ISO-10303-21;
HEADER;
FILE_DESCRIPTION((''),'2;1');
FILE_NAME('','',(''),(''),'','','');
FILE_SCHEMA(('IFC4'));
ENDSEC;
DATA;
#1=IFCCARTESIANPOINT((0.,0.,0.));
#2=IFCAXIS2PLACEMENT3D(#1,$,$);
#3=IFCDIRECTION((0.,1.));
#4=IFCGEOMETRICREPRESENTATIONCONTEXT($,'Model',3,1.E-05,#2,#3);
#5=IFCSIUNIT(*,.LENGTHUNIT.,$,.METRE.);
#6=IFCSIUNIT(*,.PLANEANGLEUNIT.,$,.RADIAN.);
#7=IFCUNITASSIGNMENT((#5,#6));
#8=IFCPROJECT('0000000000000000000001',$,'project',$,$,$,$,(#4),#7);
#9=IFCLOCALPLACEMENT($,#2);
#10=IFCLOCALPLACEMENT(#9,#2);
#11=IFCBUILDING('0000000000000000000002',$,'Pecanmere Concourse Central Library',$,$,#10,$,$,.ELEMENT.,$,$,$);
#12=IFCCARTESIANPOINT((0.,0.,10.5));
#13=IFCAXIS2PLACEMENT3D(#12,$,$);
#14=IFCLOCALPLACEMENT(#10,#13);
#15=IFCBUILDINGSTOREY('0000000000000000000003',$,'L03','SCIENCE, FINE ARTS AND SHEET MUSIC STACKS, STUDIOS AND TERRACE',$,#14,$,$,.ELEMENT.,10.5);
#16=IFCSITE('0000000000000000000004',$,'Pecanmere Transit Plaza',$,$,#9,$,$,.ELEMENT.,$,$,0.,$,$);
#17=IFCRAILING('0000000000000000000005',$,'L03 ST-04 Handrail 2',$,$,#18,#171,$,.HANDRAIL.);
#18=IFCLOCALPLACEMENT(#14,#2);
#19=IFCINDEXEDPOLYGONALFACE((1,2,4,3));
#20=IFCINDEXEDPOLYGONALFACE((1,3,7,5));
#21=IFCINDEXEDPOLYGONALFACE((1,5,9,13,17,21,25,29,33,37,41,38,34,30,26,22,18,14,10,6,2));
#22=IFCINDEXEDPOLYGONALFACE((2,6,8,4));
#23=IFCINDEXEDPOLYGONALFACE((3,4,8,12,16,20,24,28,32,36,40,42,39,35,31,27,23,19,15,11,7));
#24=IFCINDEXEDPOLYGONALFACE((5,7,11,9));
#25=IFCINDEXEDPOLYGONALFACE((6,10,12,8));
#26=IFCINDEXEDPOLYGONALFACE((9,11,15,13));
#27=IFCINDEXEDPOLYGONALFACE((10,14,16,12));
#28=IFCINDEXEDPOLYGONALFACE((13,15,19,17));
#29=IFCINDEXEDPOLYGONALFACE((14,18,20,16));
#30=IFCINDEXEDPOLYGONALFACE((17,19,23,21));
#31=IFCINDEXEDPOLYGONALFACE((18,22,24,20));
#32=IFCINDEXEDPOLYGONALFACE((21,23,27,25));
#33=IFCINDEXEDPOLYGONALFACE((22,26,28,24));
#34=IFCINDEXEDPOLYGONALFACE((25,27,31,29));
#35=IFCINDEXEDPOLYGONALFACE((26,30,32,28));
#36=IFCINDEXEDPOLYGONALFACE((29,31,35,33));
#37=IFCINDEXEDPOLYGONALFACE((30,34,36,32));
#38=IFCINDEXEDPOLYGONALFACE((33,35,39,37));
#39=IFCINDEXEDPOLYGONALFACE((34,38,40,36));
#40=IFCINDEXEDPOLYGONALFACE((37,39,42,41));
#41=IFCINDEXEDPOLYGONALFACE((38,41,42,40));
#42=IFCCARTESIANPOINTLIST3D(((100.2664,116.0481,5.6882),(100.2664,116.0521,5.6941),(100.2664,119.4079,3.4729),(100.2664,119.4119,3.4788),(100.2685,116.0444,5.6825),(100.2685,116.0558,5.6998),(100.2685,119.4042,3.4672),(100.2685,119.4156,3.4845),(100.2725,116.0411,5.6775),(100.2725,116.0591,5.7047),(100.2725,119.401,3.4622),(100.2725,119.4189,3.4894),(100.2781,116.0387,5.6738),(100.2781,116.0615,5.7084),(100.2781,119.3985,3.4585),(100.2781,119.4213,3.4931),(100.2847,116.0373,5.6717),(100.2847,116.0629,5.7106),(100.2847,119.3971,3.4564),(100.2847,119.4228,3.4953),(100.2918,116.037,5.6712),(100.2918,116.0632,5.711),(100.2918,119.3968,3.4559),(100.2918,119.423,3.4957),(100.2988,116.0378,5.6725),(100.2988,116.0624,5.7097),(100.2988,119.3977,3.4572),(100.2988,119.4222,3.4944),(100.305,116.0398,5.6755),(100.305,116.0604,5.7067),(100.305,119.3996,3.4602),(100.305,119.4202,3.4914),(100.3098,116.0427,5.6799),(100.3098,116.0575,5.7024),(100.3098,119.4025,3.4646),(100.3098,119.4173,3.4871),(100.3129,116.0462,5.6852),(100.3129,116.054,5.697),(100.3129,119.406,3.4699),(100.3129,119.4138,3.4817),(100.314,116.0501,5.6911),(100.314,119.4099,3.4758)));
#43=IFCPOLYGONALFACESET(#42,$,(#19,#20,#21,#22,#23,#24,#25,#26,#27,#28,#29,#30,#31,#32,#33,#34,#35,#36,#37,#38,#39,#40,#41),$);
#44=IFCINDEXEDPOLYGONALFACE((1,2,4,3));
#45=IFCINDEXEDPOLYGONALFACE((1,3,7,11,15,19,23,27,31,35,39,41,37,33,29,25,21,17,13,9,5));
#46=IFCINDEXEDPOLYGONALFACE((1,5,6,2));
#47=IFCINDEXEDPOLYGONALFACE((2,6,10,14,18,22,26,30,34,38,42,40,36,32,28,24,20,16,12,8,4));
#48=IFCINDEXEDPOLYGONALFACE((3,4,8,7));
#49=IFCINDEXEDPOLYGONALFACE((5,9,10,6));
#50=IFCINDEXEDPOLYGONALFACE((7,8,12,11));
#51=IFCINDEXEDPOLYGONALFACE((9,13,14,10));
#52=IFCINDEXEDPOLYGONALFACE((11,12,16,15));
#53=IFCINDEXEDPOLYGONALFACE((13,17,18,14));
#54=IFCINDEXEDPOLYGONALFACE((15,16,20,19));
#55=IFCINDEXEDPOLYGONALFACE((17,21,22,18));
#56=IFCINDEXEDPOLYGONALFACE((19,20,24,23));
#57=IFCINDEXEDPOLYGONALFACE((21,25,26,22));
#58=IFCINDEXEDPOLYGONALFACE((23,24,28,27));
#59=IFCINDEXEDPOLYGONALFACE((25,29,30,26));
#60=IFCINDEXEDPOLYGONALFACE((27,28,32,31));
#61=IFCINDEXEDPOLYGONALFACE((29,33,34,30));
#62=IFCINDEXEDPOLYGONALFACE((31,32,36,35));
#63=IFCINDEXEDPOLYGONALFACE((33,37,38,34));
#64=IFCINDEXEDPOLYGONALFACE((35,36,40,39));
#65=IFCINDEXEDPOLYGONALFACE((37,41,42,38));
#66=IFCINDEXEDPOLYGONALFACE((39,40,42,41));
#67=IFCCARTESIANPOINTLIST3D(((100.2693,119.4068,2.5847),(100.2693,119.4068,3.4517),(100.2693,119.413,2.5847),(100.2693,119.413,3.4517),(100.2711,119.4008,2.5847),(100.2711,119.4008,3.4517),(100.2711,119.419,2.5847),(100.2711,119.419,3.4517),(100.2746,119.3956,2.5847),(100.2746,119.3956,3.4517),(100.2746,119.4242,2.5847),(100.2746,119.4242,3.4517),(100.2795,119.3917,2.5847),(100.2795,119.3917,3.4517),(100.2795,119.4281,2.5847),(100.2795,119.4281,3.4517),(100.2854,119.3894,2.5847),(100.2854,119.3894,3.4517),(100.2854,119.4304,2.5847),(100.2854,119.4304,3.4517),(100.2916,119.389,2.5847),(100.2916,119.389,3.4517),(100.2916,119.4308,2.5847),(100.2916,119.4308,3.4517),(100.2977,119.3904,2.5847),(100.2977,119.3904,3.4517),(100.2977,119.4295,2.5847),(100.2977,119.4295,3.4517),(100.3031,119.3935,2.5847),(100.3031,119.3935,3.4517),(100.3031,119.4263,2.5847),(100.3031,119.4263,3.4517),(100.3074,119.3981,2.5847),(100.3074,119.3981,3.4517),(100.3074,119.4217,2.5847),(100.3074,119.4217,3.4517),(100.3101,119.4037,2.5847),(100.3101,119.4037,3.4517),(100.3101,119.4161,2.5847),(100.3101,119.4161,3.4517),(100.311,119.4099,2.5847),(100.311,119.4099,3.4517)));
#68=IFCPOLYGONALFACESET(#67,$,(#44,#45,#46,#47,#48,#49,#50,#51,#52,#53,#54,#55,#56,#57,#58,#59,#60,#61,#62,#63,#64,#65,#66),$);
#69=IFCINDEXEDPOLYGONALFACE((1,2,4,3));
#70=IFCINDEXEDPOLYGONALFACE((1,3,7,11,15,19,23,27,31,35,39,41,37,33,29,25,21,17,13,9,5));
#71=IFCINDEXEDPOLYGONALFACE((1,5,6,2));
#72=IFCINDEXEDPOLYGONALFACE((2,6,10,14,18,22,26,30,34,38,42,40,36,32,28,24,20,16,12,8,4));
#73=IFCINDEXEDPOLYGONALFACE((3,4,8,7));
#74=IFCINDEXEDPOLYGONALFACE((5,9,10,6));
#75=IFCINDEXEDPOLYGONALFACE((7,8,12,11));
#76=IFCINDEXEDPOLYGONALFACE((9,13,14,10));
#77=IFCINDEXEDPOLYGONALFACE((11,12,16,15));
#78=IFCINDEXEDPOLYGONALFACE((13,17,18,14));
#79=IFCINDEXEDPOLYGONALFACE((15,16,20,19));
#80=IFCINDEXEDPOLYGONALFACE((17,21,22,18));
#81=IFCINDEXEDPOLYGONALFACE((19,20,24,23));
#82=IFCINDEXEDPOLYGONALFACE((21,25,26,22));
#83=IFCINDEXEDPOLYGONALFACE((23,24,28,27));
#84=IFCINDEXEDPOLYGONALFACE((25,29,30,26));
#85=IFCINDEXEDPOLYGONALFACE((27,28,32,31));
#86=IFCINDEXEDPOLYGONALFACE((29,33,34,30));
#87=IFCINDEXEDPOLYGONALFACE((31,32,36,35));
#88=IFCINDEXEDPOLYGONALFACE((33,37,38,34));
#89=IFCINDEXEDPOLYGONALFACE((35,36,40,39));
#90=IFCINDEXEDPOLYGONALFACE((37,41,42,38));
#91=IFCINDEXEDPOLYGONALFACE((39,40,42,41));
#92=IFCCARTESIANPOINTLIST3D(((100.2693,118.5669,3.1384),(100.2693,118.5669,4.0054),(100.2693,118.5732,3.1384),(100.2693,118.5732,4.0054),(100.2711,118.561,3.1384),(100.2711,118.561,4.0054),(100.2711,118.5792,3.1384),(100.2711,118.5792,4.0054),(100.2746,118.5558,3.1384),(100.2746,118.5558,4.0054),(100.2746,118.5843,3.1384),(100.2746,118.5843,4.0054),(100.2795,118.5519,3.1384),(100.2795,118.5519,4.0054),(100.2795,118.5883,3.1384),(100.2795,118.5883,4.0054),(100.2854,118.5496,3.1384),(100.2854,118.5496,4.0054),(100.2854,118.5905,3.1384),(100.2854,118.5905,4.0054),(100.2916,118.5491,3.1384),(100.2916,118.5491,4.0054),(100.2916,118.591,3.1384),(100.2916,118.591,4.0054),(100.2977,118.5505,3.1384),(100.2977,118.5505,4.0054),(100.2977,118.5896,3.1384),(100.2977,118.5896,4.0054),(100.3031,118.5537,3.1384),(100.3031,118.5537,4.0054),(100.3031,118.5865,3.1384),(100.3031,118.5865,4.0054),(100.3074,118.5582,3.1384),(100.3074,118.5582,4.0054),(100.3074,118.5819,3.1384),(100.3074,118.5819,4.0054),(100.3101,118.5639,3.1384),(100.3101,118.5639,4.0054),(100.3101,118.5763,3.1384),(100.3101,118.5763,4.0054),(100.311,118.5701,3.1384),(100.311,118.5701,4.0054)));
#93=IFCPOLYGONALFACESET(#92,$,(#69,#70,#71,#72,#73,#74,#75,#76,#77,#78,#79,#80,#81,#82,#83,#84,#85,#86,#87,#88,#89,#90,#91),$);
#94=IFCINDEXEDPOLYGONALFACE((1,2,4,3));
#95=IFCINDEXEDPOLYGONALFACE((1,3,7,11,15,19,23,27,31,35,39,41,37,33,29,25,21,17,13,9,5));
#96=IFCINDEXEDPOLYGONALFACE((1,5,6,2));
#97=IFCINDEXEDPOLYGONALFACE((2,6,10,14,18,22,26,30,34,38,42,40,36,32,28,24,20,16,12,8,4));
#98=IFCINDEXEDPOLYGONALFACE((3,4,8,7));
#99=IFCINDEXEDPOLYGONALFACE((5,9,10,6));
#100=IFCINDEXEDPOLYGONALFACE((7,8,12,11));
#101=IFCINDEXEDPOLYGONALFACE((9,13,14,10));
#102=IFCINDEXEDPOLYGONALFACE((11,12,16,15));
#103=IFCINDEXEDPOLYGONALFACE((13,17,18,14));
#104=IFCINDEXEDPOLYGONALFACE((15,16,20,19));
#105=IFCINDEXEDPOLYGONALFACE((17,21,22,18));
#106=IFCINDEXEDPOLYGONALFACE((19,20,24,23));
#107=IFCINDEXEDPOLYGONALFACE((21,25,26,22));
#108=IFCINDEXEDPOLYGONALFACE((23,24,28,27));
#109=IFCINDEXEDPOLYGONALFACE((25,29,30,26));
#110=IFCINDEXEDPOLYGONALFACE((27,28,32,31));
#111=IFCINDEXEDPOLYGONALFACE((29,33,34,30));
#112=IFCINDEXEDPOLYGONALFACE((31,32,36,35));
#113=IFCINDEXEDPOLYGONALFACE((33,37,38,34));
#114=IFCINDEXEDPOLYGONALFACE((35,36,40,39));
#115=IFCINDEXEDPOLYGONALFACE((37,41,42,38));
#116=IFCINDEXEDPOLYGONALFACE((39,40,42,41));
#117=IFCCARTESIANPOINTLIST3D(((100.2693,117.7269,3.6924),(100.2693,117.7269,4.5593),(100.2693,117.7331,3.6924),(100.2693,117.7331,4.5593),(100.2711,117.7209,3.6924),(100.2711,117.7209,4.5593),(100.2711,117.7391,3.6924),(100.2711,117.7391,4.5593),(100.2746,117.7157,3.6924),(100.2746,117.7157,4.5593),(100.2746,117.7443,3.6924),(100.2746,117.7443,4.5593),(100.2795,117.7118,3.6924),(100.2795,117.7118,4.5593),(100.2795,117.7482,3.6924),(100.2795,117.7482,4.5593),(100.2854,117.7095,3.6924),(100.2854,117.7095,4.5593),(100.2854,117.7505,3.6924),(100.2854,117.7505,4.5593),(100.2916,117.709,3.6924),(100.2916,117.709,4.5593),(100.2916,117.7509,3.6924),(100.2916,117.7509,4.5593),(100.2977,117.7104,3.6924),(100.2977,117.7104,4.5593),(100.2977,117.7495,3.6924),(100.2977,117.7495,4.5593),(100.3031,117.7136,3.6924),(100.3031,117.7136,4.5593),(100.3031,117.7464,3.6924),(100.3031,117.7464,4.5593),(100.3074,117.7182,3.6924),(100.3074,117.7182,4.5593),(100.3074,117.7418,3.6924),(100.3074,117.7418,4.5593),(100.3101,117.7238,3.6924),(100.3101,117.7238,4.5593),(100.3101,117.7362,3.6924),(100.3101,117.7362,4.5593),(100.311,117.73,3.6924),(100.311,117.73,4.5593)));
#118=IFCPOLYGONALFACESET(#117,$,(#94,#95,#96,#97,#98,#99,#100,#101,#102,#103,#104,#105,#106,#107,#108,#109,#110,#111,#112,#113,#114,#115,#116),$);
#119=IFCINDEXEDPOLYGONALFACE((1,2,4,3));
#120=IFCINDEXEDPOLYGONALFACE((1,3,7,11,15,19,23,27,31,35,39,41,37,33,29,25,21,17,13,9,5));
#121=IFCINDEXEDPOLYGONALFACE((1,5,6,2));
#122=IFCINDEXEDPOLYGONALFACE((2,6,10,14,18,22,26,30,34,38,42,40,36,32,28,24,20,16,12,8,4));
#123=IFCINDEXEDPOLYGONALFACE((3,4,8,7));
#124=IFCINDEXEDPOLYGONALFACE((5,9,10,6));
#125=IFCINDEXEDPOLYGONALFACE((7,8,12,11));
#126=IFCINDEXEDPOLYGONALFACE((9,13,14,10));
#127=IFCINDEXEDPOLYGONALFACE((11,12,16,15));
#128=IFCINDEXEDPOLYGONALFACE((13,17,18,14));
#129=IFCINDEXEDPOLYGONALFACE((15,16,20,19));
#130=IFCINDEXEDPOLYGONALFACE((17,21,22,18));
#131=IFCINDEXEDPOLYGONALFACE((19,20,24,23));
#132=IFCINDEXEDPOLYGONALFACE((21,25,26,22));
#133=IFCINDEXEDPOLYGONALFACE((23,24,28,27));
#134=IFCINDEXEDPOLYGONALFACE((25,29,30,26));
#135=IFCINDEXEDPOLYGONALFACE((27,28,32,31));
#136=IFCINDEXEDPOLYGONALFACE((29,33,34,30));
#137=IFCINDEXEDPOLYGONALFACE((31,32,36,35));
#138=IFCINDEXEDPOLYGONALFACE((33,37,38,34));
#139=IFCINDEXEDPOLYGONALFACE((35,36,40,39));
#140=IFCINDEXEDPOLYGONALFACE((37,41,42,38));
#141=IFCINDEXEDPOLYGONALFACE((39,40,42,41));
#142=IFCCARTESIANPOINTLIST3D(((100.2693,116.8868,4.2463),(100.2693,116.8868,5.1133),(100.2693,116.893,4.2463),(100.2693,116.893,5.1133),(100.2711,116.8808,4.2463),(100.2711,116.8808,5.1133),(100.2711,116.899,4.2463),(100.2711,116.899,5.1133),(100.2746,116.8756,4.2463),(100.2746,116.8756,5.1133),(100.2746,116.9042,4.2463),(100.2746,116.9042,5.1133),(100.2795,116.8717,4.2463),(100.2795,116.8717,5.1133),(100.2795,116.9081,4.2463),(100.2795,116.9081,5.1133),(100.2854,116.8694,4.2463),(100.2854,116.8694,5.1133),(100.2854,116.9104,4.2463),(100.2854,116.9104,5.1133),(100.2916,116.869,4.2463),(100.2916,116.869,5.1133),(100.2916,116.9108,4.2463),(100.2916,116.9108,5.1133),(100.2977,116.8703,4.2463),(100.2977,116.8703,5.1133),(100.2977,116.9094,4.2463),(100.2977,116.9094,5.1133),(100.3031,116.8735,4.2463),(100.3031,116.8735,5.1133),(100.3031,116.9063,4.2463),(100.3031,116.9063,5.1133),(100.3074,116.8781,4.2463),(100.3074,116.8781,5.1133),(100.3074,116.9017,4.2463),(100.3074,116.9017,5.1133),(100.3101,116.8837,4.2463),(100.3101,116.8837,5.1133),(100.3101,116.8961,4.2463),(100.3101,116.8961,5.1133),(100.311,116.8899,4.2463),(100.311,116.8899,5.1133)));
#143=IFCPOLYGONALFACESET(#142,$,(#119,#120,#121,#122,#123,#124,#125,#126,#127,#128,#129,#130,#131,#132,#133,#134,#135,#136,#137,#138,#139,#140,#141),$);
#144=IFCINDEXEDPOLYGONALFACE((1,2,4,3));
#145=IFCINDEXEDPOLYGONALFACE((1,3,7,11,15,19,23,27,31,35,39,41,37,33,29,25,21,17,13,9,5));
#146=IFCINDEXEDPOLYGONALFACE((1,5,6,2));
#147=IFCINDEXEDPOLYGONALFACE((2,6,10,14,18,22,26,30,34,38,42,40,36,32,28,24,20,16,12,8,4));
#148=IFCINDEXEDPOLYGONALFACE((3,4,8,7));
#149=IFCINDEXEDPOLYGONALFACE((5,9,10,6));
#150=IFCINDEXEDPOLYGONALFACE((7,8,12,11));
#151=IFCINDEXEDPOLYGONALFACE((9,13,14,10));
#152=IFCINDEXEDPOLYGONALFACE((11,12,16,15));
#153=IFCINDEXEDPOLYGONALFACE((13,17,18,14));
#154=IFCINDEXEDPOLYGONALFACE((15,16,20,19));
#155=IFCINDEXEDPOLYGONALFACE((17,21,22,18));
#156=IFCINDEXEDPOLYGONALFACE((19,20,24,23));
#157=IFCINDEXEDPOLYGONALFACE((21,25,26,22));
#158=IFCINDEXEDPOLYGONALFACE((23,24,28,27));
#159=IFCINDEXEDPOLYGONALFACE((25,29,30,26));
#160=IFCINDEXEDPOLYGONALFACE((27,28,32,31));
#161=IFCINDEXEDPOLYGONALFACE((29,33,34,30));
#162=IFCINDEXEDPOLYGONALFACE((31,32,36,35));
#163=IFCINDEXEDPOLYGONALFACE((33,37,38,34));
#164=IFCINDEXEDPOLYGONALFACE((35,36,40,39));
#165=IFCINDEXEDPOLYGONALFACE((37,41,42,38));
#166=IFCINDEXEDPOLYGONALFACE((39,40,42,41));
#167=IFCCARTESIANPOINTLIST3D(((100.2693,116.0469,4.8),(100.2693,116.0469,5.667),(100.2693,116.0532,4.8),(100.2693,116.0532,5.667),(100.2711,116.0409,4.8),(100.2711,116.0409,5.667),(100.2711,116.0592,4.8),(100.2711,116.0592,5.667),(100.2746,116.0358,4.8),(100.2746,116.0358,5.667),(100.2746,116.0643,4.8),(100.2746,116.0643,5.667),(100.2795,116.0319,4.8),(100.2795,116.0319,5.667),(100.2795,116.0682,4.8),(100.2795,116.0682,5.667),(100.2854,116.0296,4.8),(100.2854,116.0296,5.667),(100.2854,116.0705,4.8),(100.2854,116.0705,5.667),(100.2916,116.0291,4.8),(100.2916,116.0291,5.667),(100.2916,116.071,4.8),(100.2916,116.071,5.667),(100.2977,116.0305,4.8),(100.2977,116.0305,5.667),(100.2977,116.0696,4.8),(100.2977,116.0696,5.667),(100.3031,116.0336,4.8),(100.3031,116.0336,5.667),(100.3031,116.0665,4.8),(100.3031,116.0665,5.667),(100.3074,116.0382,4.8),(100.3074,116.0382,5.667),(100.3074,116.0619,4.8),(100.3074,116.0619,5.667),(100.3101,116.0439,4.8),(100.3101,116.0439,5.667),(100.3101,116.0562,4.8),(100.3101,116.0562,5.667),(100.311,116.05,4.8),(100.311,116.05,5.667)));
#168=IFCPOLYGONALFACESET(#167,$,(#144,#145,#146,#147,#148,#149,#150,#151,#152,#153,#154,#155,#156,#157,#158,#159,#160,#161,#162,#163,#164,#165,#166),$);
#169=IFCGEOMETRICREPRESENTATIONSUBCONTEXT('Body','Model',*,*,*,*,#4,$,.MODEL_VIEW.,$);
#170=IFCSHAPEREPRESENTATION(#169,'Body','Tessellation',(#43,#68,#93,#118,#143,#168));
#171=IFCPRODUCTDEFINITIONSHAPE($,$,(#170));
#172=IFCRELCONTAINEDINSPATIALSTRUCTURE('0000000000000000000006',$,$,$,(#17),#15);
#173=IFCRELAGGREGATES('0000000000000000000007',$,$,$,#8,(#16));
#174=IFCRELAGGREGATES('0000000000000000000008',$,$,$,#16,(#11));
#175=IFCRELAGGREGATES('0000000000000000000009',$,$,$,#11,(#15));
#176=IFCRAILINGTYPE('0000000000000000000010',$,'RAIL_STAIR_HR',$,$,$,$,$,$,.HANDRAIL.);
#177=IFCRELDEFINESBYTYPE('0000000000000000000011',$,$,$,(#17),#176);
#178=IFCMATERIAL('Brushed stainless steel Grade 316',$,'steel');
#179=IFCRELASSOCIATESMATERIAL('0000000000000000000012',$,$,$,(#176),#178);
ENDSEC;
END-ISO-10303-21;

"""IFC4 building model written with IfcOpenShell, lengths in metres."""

from ifc_helpers import new_model, si_unit, direction, frame, origin, origin_2d, place, context, subcontext, project, spatial, circle, extrude, material, type_object, element, save


model = new_model("IFC4")

# Units and contexts
model_context = context("Model", 3, precision=1e-05, world=origin(), true_north=direction((0.0, 1.0)))
body_context = subcontext(model_context, "Body", "Model", "MODEL_VIEW")
ifc_project = project(units=[si_unit("LENGTHUNIT", "METRE"), si_unit("PLANEANGLEUNIT", "RADIAN")], contexts=[model_context])

# Site, building, storey
site_placement = place(None, origin())
site = spatial("IfcSite", under=ifc_project, at=site_placement, Name="Pecanmere Transit Plaza", CompositionType="ELEMENT", RefElevation=0.0)
building_placement = place(site_placement, origin())
building = spatial("IfcBuilding", under=site, at=building_placement, Name="Pecanmere Concourse Central Library", CompositionType="ELEMENT")
storey_placement = place(building_placement, frame((0.0, 0.0, 10.5)))
storey = spatial("IfcBuildingStorey", under=building, at=storey_placement, Name="L03", Description="SCIENCE, FINE ARTS AND SHEET MUSIC STACKS, STUDIOS AND TERRACE", CompositionType="ELEMENT", Elevation=10.5)

# Railing
ifc_material_1 = material(Name="Brushed stainless steel Grade 316", Category="steel")
railing_type_1 = type_object("IfcRailingType", Name="RAIL_STAIR_HR", PredefinedType="HANDRAIL", material=ifc_material_1)
railing_1_placement = place(storey_placement, frame((100.29, 119.4099, 2.5847)))
element("IfcRailing", 1, at=railing_1_placement, inside=storey, type_object=railing_type_1, Name="L03 ST-04 Handrail 2", PredefinedType="HANDRAIL", context=body_context, shape_type="SweptSolid", body=[
    extrude(circle(Radius=0.0239, at=origin_2d()), frame((0.0, 0.0, 0.8911), z_axis=(0.0, -0.834858, 0.550465), x_axis=(1.0, 0.0, 0.0)), (0.0, 0.0, 1.0), 4.0244),
    extrude(circle(Radius=0.021, at=origin_2d()), origin(), (0.0, 0.0, 1.0), 0.8669),
    extrude(circle(Radius=0.021, at=origin_2d()), frame((0.0, -0.8398, 0.5537)), (0.0, 0.0, 1.0), 0.8669),
    extrude(circle(Radius=0.021, at=origin_2d()), frame((0.0, -1.6799, 1.1077)), (0.0, 0.0, 1.0), 0.8669),
    extrude(circle(Radius=0.021, at=origin_2d()), frame((0.0, -2.52, 1.6616)), (0.0, 0.0, 1.0), 0.8669),
    extrude(circle(Radius=0.021, at=origin_2d()), frame((0.0, -3.3599, 2.2153)), (0.0, 0.0, 1.0), 0.8669),
])

save(model, "model.ifc")
